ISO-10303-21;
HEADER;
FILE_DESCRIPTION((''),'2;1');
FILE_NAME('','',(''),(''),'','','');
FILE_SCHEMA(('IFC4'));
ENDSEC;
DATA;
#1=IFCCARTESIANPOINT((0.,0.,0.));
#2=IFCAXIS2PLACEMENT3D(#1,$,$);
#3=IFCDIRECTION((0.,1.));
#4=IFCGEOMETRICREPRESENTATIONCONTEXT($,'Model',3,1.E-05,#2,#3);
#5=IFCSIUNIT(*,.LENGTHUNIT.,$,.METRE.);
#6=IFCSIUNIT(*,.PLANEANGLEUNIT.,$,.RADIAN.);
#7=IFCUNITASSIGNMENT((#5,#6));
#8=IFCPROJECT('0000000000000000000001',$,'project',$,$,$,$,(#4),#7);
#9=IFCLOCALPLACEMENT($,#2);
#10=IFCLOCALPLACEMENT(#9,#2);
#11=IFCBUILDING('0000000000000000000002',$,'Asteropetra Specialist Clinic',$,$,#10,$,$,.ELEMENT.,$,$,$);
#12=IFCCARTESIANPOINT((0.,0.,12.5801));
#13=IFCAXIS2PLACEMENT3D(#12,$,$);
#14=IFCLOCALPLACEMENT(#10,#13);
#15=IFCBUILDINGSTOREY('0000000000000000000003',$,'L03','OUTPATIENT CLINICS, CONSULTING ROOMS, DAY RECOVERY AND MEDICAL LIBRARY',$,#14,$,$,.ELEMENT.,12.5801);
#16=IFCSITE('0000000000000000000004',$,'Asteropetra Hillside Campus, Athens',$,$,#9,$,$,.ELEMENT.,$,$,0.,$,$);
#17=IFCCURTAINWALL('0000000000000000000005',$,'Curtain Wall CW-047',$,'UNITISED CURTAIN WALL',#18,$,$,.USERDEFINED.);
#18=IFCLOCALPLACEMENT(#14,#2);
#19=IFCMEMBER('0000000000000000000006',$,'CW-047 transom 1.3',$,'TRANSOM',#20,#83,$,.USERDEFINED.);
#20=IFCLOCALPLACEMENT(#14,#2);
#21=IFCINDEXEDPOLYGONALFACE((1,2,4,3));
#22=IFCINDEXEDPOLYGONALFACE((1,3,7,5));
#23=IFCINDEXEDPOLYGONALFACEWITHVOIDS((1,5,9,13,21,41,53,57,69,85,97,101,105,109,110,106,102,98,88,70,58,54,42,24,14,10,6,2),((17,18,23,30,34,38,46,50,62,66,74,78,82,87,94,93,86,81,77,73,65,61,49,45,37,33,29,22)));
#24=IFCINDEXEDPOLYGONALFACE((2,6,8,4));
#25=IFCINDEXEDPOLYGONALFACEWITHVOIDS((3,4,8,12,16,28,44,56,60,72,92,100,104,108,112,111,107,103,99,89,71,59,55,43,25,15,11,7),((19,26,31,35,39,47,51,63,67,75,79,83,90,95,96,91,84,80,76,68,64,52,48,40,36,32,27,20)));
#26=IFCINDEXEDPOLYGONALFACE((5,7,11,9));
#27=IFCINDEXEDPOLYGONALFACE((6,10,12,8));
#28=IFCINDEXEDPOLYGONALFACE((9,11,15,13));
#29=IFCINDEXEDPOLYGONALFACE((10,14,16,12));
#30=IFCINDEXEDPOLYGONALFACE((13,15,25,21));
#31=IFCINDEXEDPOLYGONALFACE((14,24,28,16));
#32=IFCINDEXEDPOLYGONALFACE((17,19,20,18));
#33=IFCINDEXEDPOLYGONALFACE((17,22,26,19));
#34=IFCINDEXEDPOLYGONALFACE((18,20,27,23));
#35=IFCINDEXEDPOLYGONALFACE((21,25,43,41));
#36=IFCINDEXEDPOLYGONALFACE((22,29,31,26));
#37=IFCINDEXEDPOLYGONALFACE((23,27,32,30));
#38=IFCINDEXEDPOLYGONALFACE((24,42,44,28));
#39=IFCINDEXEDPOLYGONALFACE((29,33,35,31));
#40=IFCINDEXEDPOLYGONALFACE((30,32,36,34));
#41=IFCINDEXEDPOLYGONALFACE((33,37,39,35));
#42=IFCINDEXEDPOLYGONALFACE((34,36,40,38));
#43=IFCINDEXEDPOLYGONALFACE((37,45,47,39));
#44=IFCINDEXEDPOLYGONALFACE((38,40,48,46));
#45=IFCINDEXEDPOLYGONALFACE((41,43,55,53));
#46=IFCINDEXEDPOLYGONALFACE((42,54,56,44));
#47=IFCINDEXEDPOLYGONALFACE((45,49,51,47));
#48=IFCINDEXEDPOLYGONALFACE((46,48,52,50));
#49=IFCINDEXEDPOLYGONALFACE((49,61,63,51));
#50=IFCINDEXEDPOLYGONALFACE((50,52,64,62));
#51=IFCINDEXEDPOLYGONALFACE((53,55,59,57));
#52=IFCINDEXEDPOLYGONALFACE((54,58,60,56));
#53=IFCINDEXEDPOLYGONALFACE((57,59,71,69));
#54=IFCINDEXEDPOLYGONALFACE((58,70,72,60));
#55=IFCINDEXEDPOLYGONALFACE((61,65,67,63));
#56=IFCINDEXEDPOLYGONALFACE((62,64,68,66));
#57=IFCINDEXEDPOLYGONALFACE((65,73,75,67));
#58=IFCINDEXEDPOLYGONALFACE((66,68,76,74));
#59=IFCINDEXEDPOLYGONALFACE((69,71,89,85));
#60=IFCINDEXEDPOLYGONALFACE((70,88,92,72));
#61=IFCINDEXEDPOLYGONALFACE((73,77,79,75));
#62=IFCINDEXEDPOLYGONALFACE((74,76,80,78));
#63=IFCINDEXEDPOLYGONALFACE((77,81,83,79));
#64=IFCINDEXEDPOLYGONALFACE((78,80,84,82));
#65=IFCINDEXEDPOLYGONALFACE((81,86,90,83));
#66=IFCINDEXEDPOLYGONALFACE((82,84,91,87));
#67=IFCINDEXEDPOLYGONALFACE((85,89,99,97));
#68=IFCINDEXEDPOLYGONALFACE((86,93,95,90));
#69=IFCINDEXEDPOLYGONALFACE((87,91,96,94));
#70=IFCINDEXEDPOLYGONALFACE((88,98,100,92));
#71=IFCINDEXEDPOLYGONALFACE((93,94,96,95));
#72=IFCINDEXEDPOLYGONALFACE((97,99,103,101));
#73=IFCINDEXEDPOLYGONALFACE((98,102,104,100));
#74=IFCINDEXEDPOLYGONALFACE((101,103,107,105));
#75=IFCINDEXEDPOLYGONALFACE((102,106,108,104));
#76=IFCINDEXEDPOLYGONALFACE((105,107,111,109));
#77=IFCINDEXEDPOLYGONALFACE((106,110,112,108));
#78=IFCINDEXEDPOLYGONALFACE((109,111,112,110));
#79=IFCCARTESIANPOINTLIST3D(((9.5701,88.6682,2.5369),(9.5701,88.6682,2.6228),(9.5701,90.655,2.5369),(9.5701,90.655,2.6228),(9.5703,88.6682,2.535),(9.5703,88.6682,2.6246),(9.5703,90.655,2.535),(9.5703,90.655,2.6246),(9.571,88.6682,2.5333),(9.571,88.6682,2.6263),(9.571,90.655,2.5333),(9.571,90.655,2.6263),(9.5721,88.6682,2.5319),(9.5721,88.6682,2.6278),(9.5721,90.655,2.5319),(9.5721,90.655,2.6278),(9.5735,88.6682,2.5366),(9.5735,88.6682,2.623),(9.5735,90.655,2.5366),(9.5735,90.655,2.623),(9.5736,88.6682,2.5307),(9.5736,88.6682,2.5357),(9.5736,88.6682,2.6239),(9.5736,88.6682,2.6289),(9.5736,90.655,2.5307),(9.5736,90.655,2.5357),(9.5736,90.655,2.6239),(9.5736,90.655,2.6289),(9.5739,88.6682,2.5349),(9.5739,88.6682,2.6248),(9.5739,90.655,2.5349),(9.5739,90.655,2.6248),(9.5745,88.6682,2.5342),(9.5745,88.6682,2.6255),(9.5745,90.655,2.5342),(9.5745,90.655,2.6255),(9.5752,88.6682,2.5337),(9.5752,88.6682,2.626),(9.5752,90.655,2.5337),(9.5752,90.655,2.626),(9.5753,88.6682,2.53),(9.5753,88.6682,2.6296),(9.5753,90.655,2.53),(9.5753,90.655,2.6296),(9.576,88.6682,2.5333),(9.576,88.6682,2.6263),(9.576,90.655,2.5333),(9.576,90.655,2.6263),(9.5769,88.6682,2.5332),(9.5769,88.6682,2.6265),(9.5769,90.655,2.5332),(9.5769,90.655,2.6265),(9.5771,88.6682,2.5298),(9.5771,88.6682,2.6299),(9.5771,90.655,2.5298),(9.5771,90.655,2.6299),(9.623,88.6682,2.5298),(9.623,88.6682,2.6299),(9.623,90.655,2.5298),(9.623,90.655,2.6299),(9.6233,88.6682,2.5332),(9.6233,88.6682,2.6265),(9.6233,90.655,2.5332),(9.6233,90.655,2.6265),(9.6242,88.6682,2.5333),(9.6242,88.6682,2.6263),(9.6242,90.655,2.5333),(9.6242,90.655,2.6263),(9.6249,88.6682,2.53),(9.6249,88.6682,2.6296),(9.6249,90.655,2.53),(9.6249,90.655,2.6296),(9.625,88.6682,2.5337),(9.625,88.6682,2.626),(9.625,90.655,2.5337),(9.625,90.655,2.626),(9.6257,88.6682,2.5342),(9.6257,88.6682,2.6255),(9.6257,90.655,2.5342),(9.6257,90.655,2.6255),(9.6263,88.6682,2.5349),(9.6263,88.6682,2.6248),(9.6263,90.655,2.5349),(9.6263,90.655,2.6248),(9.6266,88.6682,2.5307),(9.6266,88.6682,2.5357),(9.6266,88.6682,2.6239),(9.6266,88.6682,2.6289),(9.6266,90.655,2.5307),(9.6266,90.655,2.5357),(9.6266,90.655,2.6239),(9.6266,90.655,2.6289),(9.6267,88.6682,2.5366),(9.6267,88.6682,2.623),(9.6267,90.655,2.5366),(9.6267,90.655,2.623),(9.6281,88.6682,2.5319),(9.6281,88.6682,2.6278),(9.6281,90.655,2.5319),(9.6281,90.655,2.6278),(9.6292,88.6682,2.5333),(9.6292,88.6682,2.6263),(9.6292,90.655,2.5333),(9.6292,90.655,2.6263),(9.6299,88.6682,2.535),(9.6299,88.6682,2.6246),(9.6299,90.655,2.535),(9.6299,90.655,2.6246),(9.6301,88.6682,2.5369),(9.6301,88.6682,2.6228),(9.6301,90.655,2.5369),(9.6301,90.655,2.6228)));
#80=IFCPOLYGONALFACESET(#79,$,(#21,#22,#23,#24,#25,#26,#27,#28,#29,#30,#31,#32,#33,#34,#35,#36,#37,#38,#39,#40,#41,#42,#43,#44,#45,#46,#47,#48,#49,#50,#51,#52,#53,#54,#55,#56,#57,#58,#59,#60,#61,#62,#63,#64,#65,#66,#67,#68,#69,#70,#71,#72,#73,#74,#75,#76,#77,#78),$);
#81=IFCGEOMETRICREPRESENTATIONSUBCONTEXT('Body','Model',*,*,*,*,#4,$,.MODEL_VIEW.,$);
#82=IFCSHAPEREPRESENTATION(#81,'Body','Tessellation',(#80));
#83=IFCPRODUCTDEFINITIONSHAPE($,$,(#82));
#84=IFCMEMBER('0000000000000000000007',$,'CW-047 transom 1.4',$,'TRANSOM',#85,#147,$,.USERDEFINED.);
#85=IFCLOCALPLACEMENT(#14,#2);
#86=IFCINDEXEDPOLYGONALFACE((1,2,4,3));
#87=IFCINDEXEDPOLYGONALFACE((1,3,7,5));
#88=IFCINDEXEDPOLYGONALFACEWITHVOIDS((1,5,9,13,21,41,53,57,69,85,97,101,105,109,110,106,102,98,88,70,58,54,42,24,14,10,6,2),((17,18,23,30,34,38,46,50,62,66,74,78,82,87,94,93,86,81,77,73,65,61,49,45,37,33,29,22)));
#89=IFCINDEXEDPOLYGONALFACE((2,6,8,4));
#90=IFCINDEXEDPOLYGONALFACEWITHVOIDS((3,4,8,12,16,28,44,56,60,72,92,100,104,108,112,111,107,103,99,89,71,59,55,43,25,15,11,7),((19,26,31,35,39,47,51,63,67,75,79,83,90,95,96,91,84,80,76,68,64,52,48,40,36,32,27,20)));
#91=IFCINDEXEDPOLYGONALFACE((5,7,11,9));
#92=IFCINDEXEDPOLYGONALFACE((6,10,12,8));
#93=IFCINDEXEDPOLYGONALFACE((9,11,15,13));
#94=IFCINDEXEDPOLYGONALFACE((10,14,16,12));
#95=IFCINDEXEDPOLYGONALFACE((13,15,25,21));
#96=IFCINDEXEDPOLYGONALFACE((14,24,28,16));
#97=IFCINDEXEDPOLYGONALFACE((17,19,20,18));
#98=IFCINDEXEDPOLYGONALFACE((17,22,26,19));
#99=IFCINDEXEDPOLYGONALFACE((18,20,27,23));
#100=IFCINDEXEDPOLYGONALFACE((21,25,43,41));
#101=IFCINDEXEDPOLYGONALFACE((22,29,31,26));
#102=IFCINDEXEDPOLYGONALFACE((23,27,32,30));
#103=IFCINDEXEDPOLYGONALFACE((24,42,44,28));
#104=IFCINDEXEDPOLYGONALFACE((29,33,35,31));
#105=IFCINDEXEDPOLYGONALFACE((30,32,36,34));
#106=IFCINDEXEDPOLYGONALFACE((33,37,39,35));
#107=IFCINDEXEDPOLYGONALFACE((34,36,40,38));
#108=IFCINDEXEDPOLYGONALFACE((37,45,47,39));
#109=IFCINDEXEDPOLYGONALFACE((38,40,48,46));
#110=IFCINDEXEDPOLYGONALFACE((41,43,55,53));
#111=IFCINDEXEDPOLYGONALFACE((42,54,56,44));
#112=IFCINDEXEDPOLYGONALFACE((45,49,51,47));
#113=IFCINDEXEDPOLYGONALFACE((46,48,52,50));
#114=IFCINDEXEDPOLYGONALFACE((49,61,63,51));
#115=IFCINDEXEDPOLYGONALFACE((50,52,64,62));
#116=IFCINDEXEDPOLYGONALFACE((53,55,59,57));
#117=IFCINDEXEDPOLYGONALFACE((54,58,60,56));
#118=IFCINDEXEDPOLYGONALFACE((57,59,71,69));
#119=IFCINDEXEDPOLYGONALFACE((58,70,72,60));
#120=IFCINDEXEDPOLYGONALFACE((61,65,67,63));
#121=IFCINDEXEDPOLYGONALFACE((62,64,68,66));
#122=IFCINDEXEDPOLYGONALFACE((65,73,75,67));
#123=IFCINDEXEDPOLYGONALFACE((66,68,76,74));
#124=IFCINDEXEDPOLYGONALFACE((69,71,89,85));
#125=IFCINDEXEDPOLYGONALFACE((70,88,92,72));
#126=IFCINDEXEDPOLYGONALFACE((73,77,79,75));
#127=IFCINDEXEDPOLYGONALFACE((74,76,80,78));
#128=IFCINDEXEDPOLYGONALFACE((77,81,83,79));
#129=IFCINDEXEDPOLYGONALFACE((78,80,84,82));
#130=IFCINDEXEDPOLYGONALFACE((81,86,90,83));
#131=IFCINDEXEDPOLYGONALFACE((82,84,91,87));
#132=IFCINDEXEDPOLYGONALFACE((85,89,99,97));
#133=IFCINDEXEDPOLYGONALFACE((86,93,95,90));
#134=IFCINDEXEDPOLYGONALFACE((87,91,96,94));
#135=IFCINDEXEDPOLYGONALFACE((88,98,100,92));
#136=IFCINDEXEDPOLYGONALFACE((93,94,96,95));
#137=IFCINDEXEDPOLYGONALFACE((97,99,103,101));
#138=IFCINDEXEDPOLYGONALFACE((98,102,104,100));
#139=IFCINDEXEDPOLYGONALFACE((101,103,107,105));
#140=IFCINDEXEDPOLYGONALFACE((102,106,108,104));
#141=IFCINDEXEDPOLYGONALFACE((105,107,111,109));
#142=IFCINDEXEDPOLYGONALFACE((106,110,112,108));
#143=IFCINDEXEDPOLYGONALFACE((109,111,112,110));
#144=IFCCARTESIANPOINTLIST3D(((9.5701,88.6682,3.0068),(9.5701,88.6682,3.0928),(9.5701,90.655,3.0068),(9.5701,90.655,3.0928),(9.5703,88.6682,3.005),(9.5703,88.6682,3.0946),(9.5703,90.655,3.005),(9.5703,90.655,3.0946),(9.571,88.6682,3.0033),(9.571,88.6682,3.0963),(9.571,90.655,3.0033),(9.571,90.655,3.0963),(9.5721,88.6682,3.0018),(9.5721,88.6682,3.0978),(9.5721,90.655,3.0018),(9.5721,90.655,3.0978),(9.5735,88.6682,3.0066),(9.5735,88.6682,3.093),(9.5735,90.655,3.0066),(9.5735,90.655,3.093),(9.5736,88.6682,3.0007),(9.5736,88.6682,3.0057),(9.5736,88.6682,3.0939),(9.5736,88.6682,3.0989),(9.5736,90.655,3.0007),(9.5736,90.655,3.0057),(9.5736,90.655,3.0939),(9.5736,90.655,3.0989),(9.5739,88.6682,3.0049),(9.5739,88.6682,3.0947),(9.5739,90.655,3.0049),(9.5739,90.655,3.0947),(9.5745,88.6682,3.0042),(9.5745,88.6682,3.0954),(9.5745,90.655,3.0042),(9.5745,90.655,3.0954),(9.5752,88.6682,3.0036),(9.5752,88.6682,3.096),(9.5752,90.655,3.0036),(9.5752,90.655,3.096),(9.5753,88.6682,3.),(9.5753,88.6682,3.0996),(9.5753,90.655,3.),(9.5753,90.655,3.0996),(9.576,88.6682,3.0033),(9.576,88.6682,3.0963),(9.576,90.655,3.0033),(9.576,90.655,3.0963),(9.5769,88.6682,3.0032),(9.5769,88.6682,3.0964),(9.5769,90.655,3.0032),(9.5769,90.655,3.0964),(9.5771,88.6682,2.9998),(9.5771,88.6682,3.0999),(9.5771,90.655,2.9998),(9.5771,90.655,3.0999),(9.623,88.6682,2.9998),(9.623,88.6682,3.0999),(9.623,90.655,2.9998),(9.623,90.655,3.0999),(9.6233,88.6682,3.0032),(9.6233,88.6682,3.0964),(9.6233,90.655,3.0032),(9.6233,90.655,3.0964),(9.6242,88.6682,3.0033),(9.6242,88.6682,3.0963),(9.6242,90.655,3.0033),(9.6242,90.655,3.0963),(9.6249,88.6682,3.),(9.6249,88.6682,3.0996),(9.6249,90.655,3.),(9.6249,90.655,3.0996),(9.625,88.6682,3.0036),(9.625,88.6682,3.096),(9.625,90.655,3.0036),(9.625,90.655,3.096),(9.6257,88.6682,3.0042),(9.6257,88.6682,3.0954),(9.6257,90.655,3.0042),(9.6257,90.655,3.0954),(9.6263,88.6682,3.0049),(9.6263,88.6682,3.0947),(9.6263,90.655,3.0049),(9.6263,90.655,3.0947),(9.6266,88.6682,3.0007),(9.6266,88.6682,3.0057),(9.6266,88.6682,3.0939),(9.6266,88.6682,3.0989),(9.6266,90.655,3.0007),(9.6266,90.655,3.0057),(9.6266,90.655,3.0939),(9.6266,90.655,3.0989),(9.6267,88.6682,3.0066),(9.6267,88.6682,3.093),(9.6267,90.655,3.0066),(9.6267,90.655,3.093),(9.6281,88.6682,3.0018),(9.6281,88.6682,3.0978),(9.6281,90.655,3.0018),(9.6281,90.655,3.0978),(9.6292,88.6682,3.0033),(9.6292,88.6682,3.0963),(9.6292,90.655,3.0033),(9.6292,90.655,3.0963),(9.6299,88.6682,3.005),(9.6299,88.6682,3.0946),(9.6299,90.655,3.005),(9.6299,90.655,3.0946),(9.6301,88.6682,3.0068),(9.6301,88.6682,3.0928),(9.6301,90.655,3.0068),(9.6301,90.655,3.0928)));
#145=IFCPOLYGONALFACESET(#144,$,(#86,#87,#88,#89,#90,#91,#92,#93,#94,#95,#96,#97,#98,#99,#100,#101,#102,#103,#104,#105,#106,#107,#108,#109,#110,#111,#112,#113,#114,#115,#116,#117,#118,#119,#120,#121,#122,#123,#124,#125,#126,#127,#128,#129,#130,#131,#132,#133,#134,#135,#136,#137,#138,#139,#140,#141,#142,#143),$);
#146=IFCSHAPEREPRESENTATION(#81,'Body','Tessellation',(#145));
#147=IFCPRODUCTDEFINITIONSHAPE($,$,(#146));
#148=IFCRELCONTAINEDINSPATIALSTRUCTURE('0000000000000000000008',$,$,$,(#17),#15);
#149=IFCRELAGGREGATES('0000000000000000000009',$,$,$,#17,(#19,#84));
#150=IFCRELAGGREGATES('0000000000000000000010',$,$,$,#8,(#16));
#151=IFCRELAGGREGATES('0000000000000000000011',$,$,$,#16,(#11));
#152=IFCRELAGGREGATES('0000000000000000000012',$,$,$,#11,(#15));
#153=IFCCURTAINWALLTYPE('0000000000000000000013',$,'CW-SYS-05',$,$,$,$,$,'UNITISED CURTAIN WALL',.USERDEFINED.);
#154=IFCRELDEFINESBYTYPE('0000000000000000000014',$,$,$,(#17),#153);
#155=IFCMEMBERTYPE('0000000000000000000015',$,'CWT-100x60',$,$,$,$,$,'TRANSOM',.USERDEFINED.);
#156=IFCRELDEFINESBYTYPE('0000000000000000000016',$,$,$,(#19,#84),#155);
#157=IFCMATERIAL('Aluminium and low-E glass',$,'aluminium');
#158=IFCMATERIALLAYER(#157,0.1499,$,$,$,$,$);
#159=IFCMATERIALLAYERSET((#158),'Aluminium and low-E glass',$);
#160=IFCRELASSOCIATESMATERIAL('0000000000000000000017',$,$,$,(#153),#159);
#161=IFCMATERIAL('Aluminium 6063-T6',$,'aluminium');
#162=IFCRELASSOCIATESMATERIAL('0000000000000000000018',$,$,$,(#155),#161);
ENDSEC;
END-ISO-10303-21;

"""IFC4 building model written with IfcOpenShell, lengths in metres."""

from ifc_helpers import new_model, si_unit, direction, frame, origin, origin_2d, place, context, subcontext, project, spatial, hollow_rectangle, extrude, material, layer, layer_set, material_profile, profile_set, type_object, element, aggregate, save


model = new_model("IFC4")

# Units and contexts
model_context = context("Model", 3, precision=1e-05, world=origin(), true_north=direction((0.0, 1.0)))
body_context = subcontext(model_context, "Body", "Model", "MODEL_VIEW")
ifc_project = project(units=[si_unit("LENGTHUNIT", "METRE"), si_unit("PLANEANGLEUNIT", "RADIAN")], contexts=[model_context])

# Site, building, storey
site_placement = place(None, origin())
site = spatial("IfcSite", under=ifc_project, at=site_placement, Name="Asteropetra Hillside Campus, Athens", CompositionType="ELEMENT", RefElevation=0.0)
building_placement = place(site_placement, origin())
building = spatial("IfcBuilding", under=site, at=building_placement, Name="Asteropetra Specialist Clinic", CompositionType="ELEMENT")
storey_placement = place(building_placement, frame((0.0, 0.0, 12.5801)))
storey = spatial("IfcBuildingStorey", under=building, at=storey_placement, Name="L03", Description="OUTPATIENT CLINICS, CONSULTING ROOMS, DAY RECOVERY AND MEDICAL LIBRARY", CompositionType="ELEMENT", Elevation=12.5801)

# Curtain wall, members
ifc_material_1 = material(Name="Aluminium and low-E glass", Category="aluminium")
ifc_layer_1 = layer(ifc_material_1, 0.1499)
ifc_layer_set_1 = layer_set([ifc_layer_1], Name="Aluminium and low-E glass")
curtain_wall_type = type_object("IfcCurtainWallType", Name="CW-SYS-05", ElementType="UNITISED CURTAIN WALL", PredefinedType="USERDEFINED", material=ifc_layer_set_1)
curtain_wall_placement = place(storey_placement, origin())
curtain_wall = element("IfcCurtainWall", 1, at=curtain_wall_placement, inside=storey, type_object=curtain_wall_type, Name="Curtain Wall CW-047", ObjectType="UNITISED CURTAIN WALL", PredefinedType="USERDEFINED")
ifc_material_2 = material(Name="Aluminium 6063-T6", Category="aluminium")
ifc_material_profile_1 = material_profile(ifc_material_2, hollow_rectangle(XDim=0.0601, YDim=0.1001, WallThickness=0.0034, InnerFilletRadius=0.0034, OuterFilletRadius=0.0071, at=origin_2d()), Name="TRN 100x60x3.5")
ifc_profile_set_1 = profile_set([ifc_material_profile_1], Name="Aluminium 6063-T6")
member_type_1 = type_object("IfcMemberType", Name="CWT-100x60", ElementType="TRANSOM", PredefinedType="USERDEFINED", material=ifc_profile_set_1)
member_1_placement = place(storey_placement, frame((9.6001, 90.655, 2.5798), z_axis=(0.0, -1.0, 0.0), x_axis=(1.0, 0.0, 0.0)))
member_1 = element("IfcMember", 2, at=member_1_placement, type_object=member_type_1, Name="CW-047 transom 1.3", ObjectType="TRANSOM", PredefinedType="USERDEFINED", context=body_context, shape_type="SweptSolid", body=[
    extrude(hollow_rectangle(XDim=0.0601, YDim=0.1001, WallThickness=0.0034, InnerFilletRadius=0.0034, OuterFilletRadius=0.0071, at=origin_2d()), origin(), (0.0, 0.0, 1.0), 1.9868),
])
member_2_placement = place(storey_placement, frame((9.6001, 90.655, 3.0498), z_axis=(0.0, -1.0, 0.0), x_axis=(1.0, 0.0, 0.0)))
member_2 = element("IfcMember", 3, at=member_2_placement, type_object=member_type_1, Name="CW-047 transom 1.4", ObjectType="TRANSOM", PredefinedType="USERDEFINED", context=body_context, shape_type="SweptSolid", body=[
    extrude(hollow_rectangle(XDim=0.0601, YDim=0.1001, WallThickness=0.0034, InnerFilletRadius=0.0034, OuterFilletRadius=0.0071, at=origin_2d()), origin(), (0.0, 0.0, 1.0), 1.9868),
])

aggregate(curtain_wall, [member_1, member_2])

save(model, "model.ifc")
